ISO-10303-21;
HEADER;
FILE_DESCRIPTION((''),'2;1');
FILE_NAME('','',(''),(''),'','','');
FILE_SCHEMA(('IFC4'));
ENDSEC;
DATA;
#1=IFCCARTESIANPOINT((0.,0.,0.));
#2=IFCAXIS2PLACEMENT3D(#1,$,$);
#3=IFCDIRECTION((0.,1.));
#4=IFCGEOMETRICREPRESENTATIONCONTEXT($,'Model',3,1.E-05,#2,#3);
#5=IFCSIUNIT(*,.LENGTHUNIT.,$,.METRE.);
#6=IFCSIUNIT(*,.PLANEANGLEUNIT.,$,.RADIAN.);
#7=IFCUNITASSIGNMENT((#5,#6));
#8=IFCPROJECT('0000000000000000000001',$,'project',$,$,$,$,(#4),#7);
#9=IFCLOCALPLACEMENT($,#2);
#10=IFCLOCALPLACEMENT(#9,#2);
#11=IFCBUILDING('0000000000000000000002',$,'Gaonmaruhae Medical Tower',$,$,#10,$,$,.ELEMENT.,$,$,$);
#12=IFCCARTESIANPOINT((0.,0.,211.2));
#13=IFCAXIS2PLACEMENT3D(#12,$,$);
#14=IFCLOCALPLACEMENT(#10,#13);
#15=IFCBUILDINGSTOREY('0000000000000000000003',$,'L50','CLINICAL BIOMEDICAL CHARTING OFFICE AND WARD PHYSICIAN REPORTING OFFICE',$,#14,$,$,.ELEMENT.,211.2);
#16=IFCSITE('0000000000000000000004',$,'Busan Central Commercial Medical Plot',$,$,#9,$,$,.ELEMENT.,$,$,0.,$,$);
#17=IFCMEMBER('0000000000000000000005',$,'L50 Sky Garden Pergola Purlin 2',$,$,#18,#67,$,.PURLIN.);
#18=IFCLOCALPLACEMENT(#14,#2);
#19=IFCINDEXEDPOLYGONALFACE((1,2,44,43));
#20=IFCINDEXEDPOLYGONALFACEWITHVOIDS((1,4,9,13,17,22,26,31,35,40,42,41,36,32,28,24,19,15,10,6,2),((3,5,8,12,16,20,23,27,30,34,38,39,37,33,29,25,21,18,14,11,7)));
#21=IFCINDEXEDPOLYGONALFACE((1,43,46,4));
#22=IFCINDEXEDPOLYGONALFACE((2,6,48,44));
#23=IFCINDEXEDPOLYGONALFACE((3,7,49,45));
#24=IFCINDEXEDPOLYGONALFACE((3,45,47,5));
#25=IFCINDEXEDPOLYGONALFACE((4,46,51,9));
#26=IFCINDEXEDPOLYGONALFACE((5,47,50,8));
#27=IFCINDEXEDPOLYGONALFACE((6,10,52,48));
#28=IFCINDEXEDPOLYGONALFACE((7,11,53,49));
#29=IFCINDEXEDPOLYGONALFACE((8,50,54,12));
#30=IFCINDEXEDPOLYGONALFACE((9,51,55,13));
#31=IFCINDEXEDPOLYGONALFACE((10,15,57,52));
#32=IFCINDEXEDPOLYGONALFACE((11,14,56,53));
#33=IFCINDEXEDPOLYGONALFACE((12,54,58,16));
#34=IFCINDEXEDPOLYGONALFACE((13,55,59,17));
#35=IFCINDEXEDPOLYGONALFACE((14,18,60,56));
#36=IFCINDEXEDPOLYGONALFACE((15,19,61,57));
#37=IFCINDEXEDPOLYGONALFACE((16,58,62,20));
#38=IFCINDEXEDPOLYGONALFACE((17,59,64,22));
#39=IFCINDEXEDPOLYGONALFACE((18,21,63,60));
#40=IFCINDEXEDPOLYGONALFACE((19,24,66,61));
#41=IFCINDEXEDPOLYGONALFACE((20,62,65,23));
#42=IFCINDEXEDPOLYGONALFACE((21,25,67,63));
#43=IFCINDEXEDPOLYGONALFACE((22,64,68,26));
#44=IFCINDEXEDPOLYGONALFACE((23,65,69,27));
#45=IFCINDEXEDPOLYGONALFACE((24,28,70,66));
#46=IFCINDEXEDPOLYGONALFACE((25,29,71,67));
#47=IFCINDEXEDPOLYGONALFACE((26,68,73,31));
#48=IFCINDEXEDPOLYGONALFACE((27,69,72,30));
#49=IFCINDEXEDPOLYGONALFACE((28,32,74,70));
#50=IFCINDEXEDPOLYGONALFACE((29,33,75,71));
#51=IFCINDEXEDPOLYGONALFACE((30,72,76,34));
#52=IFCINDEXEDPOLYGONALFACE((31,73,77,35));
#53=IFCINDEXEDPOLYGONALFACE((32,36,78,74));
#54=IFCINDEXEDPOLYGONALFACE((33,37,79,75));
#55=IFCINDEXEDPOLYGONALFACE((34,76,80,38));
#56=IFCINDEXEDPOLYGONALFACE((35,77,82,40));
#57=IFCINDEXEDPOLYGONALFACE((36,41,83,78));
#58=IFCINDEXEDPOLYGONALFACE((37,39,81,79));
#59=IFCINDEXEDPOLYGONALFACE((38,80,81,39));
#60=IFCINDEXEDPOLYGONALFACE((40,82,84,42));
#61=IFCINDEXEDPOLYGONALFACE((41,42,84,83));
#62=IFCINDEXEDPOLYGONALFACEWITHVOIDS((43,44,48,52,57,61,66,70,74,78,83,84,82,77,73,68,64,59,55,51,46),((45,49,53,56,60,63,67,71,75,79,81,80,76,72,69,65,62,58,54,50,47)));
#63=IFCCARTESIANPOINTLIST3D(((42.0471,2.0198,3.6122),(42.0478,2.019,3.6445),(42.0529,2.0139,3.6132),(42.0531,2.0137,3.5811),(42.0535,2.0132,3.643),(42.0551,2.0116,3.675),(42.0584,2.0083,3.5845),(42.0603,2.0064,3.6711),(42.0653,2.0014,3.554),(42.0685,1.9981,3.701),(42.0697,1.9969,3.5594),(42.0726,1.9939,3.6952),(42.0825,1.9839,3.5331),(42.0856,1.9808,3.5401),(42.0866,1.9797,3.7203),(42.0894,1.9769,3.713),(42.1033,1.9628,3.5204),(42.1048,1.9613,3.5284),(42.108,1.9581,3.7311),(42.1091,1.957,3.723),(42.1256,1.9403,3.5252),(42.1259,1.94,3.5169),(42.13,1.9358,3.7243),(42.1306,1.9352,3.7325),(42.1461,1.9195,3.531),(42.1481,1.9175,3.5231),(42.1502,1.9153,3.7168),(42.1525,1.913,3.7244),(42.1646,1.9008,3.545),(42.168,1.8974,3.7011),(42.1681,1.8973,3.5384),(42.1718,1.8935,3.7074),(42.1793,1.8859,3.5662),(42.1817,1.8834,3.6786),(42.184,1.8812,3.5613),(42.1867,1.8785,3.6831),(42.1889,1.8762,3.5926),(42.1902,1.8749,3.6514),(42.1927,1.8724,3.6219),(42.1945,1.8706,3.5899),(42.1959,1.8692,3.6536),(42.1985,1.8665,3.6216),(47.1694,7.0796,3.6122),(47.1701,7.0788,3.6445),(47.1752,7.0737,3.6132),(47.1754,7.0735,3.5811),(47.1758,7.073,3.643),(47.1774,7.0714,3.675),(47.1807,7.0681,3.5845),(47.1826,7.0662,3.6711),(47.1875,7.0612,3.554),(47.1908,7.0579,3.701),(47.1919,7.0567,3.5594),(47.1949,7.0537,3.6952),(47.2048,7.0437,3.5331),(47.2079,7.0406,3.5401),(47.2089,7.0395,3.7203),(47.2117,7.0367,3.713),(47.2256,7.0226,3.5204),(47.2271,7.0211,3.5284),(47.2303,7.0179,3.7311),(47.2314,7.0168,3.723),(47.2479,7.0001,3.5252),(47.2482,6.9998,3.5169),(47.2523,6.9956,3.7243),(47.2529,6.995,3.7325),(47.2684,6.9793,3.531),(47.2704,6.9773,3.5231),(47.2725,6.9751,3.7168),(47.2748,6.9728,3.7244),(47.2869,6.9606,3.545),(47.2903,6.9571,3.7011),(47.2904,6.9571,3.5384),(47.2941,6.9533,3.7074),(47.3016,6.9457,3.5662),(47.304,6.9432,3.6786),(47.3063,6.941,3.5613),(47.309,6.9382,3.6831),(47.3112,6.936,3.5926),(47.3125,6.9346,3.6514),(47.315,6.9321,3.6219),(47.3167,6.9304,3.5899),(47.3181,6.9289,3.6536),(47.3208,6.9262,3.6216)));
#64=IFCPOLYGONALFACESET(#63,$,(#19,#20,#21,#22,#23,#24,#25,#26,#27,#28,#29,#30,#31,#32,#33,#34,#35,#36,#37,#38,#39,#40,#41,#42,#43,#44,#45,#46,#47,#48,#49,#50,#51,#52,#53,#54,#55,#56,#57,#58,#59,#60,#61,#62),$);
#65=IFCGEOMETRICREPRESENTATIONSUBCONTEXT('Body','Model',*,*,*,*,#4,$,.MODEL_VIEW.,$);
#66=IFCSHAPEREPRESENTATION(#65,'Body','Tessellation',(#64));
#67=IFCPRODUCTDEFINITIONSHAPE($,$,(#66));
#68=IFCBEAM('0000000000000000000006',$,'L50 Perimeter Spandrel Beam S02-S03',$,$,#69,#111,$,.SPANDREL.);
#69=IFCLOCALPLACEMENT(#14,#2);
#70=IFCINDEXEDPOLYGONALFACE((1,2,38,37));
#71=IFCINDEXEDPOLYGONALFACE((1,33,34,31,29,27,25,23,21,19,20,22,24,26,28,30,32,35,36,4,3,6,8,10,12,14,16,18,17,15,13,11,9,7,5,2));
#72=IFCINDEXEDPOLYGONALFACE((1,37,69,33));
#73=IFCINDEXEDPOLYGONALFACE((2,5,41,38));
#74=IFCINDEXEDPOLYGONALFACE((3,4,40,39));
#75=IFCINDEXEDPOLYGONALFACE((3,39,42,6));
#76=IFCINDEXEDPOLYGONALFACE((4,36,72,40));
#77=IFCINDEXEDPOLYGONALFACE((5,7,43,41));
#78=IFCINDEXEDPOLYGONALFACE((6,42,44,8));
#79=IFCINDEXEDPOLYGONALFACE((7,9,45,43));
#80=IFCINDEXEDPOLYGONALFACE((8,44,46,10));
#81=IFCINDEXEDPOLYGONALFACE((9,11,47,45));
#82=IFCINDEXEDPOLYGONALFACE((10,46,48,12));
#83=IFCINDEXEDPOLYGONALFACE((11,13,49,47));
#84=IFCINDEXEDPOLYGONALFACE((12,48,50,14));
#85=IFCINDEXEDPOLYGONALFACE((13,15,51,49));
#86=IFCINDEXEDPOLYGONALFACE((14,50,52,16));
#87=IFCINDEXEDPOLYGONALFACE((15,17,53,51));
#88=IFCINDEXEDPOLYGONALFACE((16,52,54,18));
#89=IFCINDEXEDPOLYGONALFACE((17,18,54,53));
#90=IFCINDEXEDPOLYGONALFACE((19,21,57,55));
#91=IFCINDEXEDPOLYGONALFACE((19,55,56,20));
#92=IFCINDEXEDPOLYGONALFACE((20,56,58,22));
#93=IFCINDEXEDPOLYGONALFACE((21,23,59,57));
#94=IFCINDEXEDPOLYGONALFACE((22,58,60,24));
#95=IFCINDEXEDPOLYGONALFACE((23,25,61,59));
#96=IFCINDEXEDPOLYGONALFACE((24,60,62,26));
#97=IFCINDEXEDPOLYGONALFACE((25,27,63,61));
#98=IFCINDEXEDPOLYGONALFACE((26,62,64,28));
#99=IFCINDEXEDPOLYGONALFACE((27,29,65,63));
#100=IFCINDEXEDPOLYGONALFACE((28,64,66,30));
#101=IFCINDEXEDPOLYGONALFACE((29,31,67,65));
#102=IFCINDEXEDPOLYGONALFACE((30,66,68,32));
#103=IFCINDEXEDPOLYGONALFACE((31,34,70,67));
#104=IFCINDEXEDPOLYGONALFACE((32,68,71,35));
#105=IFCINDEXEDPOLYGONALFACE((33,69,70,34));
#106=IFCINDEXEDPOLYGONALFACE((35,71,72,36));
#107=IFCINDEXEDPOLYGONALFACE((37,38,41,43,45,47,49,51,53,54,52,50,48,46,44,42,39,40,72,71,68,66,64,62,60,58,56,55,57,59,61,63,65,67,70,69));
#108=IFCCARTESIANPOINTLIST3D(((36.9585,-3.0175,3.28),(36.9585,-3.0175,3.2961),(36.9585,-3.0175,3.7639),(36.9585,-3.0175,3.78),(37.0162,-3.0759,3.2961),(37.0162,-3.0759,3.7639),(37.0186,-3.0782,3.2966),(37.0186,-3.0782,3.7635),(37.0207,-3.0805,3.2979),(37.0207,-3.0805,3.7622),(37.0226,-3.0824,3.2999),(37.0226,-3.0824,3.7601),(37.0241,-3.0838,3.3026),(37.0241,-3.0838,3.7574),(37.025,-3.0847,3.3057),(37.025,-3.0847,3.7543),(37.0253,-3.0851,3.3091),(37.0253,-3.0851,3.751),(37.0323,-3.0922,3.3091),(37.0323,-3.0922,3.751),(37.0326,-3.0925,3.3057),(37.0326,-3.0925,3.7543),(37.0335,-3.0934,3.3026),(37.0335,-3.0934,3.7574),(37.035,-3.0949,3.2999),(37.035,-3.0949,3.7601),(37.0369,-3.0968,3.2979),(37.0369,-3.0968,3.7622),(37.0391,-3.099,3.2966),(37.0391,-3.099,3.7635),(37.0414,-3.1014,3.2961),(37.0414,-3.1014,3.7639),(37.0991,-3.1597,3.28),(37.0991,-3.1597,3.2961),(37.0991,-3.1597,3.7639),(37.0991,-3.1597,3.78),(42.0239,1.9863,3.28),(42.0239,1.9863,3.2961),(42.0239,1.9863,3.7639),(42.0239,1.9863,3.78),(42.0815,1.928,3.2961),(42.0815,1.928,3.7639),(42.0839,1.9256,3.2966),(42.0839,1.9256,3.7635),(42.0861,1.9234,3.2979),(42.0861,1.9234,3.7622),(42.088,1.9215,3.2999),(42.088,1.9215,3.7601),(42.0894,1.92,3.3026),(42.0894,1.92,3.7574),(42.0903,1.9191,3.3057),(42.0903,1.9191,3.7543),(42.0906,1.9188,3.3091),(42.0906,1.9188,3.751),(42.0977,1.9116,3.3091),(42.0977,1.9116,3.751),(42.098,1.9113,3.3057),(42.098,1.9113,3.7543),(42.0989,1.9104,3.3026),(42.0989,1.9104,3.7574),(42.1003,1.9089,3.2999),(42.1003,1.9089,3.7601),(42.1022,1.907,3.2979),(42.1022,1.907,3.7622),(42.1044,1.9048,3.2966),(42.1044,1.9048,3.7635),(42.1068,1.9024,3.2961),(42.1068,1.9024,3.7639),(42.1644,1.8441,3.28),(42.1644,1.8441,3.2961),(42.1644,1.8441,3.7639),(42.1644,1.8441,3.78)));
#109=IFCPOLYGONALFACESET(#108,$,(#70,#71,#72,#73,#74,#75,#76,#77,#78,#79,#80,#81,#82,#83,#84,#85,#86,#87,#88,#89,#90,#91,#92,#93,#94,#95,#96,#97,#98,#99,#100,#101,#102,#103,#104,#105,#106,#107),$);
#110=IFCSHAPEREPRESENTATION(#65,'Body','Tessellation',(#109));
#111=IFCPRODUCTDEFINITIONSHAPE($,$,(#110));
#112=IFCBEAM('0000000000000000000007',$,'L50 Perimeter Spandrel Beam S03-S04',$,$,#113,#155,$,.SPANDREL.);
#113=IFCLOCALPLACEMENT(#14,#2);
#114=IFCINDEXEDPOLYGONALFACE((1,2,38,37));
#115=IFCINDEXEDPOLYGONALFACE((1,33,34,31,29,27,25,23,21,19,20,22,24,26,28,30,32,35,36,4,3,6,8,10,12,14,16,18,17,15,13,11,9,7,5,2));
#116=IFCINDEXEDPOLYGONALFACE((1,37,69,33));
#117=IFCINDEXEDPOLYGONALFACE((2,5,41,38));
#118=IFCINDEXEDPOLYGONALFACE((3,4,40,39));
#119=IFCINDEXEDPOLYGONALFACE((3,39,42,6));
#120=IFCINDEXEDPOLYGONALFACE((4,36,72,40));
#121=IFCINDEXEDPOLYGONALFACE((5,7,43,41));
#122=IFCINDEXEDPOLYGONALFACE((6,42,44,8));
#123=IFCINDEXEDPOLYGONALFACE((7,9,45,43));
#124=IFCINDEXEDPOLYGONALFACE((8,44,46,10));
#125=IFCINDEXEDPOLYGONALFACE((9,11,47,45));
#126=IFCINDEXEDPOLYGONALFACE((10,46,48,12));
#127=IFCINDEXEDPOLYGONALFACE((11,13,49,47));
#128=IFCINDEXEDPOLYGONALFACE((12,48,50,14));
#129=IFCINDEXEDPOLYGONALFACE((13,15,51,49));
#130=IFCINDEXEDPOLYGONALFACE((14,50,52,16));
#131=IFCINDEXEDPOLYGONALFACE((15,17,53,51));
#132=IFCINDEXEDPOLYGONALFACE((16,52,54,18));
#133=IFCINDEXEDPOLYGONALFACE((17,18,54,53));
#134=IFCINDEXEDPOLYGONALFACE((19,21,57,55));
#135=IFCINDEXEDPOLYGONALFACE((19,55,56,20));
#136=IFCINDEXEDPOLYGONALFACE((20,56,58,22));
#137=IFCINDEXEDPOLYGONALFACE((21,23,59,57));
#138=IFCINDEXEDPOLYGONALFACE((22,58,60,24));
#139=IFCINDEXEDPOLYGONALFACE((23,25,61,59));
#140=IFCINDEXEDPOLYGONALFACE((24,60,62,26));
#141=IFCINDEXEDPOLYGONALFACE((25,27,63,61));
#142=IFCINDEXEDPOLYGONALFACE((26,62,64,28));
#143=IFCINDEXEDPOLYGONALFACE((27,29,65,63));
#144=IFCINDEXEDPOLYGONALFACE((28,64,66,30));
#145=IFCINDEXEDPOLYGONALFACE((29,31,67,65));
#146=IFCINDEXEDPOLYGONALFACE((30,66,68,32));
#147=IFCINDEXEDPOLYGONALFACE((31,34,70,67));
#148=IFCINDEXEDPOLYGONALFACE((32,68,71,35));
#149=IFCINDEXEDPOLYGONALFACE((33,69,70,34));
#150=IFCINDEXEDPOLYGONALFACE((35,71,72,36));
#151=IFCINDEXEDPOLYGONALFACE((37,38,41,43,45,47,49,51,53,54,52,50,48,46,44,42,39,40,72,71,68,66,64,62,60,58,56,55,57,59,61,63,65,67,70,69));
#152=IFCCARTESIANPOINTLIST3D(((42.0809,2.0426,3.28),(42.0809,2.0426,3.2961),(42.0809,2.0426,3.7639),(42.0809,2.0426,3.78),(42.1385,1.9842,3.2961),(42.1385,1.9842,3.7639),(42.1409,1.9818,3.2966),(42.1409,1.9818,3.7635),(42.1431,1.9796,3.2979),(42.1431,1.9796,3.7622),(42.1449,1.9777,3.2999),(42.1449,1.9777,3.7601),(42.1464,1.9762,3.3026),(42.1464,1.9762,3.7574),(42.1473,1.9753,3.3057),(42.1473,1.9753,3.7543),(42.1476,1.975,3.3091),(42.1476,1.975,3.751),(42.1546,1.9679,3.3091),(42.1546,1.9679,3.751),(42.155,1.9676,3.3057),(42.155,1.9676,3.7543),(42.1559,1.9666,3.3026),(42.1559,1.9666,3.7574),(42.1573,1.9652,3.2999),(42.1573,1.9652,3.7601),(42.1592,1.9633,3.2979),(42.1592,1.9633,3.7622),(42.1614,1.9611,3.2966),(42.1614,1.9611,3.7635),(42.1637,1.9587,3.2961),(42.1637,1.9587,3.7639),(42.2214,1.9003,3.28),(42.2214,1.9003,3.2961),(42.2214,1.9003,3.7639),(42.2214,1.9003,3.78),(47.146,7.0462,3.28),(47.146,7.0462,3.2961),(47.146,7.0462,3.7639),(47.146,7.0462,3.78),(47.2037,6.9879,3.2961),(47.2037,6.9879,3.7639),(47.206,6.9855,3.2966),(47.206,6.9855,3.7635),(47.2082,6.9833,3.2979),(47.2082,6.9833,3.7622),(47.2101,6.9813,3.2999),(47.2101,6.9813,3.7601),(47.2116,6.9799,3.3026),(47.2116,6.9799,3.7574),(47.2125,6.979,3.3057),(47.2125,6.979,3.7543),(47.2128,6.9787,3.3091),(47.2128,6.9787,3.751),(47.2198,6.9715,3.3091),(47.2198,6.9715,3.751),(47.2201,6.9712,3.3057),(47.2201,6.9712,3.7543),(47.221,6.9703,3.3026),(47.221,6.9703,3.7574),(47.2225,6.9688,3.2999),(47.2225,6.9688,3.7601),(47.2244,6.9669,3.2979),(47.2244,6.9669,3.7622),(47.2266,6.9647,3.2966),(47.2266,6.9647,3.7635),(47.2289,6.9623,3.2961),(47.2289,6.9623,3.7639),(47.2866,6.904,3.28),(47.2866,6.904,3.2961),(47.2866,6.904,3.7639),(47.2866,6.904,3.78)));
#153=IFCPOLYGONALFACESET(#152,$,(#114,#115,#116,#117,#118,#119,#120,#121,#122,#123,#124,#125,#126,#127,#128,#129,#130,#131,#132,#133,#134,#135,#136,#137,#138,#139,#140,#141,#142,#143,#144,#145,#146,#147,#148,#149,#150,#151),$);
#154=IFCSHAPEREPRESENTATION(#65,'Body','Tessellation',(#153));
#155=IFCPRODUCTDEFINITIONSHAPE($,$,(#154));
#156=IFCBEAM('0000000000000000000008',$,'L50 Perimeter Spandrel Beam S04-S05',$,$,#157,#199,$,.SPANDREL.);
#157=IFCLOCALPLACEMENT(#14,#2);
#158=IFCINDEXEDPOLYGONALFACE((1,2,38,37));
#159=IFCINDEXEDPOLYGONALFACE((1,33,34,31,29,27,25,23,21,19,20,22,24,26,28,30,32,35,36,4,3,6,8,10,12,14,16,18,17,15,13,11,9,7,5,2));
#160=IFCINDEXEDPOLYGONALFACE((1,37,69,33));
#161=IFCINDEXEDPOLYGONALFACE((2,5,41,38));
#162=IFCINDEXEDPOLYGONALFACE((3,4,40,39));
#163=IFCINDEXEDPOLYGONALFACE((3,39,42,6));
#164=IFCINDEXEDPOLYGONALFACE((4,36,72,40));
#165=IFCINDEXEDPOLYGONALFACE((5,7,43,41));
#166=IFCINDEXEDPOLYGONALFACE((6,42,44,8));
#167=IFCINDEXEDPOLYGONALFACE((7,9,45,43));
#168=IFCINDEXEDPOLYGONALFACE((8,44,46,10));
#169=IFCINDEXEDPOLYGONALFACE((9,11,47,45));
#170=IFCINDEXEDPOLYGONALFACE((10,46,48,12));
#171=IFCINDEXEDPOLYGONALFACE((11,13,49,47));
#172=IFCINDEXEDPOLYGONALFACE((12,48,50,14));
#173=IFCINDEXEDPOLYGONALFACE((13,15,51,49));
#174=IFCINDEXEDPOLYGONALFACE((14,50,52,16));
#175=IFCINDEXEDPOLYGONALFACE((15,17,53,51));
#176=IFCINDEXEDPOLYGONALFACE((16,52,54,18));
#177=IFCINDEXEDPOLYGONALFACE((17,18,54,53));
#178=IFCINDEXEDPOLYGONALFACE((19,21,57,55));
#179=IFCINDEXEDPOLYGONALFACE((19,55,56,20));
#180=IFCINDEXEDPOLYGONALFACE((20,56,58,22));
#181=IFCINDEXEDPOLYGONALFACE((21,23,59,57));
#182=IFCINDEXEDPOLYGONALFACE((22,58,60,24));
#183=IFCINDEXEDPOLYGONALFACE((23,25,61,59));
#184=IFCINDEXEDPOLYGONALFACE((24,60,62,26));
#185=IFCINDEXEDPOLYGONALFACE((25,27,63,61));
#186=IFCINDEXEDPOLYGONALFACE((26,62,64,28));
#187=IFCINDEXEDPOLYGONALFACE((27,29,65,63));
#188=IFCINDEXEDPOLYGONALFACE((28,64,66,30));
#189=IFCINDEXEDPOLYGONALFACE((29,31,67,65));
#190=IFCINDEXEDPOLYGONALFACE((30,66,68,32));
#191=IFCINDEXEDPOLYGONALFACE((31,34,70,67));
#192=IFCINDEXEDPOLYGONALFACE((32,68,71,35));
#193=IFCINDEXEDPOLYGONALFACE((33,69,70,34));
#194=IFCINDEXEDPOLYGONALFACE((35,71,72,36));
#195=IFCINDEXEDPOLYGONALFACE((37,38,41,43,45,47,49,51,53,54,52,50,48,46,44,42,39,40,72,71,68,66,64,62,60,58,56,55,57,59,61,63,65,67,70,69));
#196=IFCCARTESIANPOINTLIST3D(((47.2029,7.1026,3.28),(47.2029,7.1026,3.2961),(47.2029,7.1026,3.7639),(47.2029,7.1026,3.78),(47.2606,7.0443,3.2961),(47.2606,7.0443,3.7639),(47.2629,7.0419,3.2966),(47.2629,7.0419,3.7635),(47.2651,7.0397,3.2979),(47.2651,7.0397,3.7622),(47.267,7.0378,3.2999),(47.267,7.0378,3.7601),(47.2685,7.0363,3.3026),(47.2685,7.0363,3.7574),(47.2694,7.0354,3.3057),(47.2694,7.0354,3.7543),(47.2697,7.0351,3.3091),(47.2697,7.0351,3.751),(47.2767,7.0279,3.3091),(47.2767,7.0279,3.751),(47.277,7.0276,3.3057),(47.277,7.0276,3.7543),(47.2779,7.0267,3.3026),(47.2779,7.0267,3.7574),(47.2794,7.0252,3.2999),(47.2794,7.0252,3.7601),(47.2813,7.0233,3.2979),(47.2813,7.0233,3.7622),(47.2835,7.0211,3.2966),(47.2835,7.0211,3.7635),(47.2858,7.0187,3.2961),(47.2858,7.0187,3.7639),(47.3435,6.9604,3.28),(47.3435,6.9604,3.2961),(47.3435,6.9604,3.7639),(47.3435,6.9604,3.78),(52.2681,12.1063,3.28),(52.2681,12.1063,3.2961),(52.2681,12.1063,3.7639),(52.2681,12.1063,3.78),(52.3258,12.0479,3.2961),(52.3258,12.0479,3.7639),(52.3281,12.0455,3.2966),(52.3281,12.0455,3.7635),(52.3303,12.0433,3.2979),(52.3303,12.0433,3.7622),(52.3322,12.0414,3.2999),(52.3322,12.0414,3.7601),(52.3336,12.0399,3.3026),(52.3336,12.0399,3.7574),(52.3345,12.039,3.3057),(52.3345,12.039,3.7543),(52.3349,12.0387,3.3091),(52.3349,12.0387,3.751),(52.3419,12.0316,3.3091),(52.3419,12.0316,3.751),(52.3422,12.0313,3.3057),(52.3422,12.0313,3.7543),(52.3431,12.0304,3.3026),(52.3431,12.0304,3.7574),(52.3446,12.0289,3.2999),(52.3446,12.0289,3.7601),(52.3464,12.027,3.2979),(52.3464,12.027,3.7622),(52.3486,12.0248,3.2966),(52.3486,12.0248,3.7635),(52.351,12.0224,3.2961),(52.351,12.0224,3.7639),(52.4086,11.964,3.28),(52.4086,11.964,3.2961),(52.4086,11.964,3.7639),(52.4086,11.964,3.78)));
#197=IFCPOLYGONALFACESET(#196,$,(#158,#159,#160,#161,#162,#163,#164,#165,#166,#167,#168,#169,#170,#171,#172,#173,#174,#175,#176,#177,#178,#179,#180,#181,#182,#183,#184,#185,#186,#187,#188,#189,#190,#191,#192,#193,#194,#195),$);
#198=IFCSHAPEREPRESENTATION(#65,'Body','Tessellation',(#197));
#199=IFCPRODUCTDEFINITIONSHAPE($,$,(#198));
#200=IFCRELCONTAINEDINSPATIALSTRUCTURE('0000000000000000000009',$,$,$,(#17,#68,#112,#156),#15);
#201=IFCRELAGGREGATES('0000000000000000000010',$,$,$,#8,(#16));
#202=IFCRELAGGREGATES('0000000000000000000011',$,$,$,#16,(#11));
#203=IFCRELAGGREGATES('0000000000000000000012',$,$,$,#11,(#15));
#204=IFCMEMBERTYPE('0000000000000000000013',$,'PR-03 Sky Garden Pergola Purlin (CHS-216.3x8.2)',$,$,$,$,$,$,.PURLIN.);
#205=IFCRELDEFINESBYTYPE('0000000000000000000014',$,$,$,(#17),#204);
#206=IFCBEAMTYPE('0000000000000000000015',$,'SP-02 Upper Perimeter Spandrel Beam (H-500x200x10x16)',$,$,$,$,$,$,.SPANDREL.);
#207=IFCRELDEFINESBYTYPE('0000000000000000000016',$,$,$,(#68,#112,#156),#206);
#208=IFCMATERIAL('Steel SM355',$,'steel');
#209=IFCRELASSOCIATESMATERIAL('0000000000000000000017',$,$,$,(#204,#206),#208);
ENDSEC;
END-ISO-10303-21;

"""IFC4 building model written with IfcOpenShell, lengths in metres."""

from ifc_helpers import new_model, si_unit, direction, frame, origin, origin_2d, place, context, subcontext, project, spatial, hollow_circle, i_section, extrude, material, material_profile, profile_set, type_object, element, save


model = new_model("IFC4")

# Units and contexts
model_context = context("Model", 3, precision=1e-05, world=origin(), true_north=direction((0.0, 1.0)))
body_context = subcontext(model_context, "Body", "Model", "MODEL_VIEW")
ifc_project = project(units=[si_unit("LENGTHUNIT", "METRE"), si_unit("PLANEANGLEUNIT", "RADIAN")], contexts=[model_context])

# Site, building, storey
site_placement = place(None, origin())
site = spatial("IfcSite", under=ifc_project, at=site_placement, Name="Busan Central Commercial Medical Plot", CompositionType="ELEMENT", RefElevation=0.0)
building_placement = place(site_placement, origin())
building = spatial("IfcBuilding", under=site, at=building_placement, Name="Gaonmaruhae Medical Tower", CompositionType="ELEMENT")
storey_placement = place(building_placement, frame((0.0, 0.0, 211.2)))
storey = spatial("IfcBuildingStorey", under=building, at=storey_placement, Name="L50", Description="CLINICAL BIOMEDICAL CHARTING OFFICE AND WARD PHYSICIAN REPORTING OFFICE", CompositionType="ELEMENT", Elevation=211.2)

# Shared definitions
ifc_material_1 = material(Name="Steel SM355", Category="steel")

# Member
ifc_material_profile_1 = material_profile(ifc_material_1, hollow_circle(Radius=0.1082, WallThickness=0.0083, at=origin_2d()), Name="CHS-216.3x8.2")
ifc_profile_set_1 = profile_set([ifc_material_profile_1], Name="Steel SM355")
member_type_1 = type_object("IfcMemberType", Name="PR-03 Sky Garden Pergola Purlin (CHS-216.3x8.2)", PredefinedType="PURLIN", material=ifc_profile_set_1)
member_1_placement = place(storey_placement, frame((42.1226, 1.9434, 3.625), z_axis=(0.711434, 0.702753, 0.0), x_axis=(-0.499948, 0.506123, 0.702774)))
element("IfcMember", 1, at=member_1_placement, inside=storey, type_object=member_type_1, Name="L50 Sky Garden Pergola Purlin 2", PredefinedType="PURLIN", context=body_context, shape_type="SweptSolid", body=[
    extrude(hollow_circle(Radius=0.1082, WallThickness=0.0083, at=origin_2d()), origin(), (0.0, 0.0, 1.0), 7.2),
])

# Beams
ifc_material_profile_2 = material_profile(ifc_material_1, i_section(OverallWidth=0.2, OverallDepth=0.5, WebThickness=0.01, FlangeThickness=0.0161, FilletRadius=0.0129, at=origin_2d()), Name="H-500x200x10x16")
ifc_profile_set_2 = profile_set([ifc_material_profile_2], Name="Steel SM355")
beam_type_1 = type_object("IfcBeamType", Name="SP-02 Upper Perimeter Spandrel Beam (H-500x200x10x16)", PredefinedType="SPANDREL", material=ifc_profile_set_2)
beam_1_placement = place(storey_placement, frame((37.0288, -3.0886, 3.53), z_axis=(0.711414, 0.702773, 0.0), x_axis=(-0.702773, 0.711414, 0.0)))
element("IfcBeam", 2, at=beam_1_placement, inside=storey, type_object=beam_type_1, Name="L50 Perimeter Spandrel Beam S02-S03", PredefinedType="SPANDREL", context=body_context, shape_type="SweptSolid", body=[
    extrude(i_section(OverallWidth=0.2, OverallDepth=0.5, WebThickness=0.01, FlangeThickness=0.0161, FilletRadius=0.0129, at=origin_2d()), origin(), (0.0, 0.0, 1.0), 7.1201),
])
for number, where, z_axis, x_axis, name in (
    (3, (42.1511, 1.9714, 3.53), (0.711414, 0.702773, 0.0), (-0.702773, 0.711414, 0.0), "L50 Perimeter Spandrel Beam S03-S04"),
    (4, (47.2732, 7.0315, 3.53), (0.711414, 0.702773, 0.0), (-0.702773, 0.711414, 0.0), "L50 Perimeter Spandrel Beam S04-S05"),
):
    element("IfcBeam", number, at=place(storey_placement, frame(where, z_axis=z_axis, x_axis=x_axis)), inside=storey, type_object=beam_type_1, Name=name, PredefinedType="SPANDREL", context=body_context, shape_type="SweptSolid", body=[
        extrude(i_section(OverallWidth=0.2, OverallDepth=0.5, WebThickness=0.01, FlangeThickness=0.0161, FilletRadius=0.0129, at=origin_2d()), origin(), (0.0, 0.0, 1.0), 7.1199),
    ])

save(model, "model.ifc")
